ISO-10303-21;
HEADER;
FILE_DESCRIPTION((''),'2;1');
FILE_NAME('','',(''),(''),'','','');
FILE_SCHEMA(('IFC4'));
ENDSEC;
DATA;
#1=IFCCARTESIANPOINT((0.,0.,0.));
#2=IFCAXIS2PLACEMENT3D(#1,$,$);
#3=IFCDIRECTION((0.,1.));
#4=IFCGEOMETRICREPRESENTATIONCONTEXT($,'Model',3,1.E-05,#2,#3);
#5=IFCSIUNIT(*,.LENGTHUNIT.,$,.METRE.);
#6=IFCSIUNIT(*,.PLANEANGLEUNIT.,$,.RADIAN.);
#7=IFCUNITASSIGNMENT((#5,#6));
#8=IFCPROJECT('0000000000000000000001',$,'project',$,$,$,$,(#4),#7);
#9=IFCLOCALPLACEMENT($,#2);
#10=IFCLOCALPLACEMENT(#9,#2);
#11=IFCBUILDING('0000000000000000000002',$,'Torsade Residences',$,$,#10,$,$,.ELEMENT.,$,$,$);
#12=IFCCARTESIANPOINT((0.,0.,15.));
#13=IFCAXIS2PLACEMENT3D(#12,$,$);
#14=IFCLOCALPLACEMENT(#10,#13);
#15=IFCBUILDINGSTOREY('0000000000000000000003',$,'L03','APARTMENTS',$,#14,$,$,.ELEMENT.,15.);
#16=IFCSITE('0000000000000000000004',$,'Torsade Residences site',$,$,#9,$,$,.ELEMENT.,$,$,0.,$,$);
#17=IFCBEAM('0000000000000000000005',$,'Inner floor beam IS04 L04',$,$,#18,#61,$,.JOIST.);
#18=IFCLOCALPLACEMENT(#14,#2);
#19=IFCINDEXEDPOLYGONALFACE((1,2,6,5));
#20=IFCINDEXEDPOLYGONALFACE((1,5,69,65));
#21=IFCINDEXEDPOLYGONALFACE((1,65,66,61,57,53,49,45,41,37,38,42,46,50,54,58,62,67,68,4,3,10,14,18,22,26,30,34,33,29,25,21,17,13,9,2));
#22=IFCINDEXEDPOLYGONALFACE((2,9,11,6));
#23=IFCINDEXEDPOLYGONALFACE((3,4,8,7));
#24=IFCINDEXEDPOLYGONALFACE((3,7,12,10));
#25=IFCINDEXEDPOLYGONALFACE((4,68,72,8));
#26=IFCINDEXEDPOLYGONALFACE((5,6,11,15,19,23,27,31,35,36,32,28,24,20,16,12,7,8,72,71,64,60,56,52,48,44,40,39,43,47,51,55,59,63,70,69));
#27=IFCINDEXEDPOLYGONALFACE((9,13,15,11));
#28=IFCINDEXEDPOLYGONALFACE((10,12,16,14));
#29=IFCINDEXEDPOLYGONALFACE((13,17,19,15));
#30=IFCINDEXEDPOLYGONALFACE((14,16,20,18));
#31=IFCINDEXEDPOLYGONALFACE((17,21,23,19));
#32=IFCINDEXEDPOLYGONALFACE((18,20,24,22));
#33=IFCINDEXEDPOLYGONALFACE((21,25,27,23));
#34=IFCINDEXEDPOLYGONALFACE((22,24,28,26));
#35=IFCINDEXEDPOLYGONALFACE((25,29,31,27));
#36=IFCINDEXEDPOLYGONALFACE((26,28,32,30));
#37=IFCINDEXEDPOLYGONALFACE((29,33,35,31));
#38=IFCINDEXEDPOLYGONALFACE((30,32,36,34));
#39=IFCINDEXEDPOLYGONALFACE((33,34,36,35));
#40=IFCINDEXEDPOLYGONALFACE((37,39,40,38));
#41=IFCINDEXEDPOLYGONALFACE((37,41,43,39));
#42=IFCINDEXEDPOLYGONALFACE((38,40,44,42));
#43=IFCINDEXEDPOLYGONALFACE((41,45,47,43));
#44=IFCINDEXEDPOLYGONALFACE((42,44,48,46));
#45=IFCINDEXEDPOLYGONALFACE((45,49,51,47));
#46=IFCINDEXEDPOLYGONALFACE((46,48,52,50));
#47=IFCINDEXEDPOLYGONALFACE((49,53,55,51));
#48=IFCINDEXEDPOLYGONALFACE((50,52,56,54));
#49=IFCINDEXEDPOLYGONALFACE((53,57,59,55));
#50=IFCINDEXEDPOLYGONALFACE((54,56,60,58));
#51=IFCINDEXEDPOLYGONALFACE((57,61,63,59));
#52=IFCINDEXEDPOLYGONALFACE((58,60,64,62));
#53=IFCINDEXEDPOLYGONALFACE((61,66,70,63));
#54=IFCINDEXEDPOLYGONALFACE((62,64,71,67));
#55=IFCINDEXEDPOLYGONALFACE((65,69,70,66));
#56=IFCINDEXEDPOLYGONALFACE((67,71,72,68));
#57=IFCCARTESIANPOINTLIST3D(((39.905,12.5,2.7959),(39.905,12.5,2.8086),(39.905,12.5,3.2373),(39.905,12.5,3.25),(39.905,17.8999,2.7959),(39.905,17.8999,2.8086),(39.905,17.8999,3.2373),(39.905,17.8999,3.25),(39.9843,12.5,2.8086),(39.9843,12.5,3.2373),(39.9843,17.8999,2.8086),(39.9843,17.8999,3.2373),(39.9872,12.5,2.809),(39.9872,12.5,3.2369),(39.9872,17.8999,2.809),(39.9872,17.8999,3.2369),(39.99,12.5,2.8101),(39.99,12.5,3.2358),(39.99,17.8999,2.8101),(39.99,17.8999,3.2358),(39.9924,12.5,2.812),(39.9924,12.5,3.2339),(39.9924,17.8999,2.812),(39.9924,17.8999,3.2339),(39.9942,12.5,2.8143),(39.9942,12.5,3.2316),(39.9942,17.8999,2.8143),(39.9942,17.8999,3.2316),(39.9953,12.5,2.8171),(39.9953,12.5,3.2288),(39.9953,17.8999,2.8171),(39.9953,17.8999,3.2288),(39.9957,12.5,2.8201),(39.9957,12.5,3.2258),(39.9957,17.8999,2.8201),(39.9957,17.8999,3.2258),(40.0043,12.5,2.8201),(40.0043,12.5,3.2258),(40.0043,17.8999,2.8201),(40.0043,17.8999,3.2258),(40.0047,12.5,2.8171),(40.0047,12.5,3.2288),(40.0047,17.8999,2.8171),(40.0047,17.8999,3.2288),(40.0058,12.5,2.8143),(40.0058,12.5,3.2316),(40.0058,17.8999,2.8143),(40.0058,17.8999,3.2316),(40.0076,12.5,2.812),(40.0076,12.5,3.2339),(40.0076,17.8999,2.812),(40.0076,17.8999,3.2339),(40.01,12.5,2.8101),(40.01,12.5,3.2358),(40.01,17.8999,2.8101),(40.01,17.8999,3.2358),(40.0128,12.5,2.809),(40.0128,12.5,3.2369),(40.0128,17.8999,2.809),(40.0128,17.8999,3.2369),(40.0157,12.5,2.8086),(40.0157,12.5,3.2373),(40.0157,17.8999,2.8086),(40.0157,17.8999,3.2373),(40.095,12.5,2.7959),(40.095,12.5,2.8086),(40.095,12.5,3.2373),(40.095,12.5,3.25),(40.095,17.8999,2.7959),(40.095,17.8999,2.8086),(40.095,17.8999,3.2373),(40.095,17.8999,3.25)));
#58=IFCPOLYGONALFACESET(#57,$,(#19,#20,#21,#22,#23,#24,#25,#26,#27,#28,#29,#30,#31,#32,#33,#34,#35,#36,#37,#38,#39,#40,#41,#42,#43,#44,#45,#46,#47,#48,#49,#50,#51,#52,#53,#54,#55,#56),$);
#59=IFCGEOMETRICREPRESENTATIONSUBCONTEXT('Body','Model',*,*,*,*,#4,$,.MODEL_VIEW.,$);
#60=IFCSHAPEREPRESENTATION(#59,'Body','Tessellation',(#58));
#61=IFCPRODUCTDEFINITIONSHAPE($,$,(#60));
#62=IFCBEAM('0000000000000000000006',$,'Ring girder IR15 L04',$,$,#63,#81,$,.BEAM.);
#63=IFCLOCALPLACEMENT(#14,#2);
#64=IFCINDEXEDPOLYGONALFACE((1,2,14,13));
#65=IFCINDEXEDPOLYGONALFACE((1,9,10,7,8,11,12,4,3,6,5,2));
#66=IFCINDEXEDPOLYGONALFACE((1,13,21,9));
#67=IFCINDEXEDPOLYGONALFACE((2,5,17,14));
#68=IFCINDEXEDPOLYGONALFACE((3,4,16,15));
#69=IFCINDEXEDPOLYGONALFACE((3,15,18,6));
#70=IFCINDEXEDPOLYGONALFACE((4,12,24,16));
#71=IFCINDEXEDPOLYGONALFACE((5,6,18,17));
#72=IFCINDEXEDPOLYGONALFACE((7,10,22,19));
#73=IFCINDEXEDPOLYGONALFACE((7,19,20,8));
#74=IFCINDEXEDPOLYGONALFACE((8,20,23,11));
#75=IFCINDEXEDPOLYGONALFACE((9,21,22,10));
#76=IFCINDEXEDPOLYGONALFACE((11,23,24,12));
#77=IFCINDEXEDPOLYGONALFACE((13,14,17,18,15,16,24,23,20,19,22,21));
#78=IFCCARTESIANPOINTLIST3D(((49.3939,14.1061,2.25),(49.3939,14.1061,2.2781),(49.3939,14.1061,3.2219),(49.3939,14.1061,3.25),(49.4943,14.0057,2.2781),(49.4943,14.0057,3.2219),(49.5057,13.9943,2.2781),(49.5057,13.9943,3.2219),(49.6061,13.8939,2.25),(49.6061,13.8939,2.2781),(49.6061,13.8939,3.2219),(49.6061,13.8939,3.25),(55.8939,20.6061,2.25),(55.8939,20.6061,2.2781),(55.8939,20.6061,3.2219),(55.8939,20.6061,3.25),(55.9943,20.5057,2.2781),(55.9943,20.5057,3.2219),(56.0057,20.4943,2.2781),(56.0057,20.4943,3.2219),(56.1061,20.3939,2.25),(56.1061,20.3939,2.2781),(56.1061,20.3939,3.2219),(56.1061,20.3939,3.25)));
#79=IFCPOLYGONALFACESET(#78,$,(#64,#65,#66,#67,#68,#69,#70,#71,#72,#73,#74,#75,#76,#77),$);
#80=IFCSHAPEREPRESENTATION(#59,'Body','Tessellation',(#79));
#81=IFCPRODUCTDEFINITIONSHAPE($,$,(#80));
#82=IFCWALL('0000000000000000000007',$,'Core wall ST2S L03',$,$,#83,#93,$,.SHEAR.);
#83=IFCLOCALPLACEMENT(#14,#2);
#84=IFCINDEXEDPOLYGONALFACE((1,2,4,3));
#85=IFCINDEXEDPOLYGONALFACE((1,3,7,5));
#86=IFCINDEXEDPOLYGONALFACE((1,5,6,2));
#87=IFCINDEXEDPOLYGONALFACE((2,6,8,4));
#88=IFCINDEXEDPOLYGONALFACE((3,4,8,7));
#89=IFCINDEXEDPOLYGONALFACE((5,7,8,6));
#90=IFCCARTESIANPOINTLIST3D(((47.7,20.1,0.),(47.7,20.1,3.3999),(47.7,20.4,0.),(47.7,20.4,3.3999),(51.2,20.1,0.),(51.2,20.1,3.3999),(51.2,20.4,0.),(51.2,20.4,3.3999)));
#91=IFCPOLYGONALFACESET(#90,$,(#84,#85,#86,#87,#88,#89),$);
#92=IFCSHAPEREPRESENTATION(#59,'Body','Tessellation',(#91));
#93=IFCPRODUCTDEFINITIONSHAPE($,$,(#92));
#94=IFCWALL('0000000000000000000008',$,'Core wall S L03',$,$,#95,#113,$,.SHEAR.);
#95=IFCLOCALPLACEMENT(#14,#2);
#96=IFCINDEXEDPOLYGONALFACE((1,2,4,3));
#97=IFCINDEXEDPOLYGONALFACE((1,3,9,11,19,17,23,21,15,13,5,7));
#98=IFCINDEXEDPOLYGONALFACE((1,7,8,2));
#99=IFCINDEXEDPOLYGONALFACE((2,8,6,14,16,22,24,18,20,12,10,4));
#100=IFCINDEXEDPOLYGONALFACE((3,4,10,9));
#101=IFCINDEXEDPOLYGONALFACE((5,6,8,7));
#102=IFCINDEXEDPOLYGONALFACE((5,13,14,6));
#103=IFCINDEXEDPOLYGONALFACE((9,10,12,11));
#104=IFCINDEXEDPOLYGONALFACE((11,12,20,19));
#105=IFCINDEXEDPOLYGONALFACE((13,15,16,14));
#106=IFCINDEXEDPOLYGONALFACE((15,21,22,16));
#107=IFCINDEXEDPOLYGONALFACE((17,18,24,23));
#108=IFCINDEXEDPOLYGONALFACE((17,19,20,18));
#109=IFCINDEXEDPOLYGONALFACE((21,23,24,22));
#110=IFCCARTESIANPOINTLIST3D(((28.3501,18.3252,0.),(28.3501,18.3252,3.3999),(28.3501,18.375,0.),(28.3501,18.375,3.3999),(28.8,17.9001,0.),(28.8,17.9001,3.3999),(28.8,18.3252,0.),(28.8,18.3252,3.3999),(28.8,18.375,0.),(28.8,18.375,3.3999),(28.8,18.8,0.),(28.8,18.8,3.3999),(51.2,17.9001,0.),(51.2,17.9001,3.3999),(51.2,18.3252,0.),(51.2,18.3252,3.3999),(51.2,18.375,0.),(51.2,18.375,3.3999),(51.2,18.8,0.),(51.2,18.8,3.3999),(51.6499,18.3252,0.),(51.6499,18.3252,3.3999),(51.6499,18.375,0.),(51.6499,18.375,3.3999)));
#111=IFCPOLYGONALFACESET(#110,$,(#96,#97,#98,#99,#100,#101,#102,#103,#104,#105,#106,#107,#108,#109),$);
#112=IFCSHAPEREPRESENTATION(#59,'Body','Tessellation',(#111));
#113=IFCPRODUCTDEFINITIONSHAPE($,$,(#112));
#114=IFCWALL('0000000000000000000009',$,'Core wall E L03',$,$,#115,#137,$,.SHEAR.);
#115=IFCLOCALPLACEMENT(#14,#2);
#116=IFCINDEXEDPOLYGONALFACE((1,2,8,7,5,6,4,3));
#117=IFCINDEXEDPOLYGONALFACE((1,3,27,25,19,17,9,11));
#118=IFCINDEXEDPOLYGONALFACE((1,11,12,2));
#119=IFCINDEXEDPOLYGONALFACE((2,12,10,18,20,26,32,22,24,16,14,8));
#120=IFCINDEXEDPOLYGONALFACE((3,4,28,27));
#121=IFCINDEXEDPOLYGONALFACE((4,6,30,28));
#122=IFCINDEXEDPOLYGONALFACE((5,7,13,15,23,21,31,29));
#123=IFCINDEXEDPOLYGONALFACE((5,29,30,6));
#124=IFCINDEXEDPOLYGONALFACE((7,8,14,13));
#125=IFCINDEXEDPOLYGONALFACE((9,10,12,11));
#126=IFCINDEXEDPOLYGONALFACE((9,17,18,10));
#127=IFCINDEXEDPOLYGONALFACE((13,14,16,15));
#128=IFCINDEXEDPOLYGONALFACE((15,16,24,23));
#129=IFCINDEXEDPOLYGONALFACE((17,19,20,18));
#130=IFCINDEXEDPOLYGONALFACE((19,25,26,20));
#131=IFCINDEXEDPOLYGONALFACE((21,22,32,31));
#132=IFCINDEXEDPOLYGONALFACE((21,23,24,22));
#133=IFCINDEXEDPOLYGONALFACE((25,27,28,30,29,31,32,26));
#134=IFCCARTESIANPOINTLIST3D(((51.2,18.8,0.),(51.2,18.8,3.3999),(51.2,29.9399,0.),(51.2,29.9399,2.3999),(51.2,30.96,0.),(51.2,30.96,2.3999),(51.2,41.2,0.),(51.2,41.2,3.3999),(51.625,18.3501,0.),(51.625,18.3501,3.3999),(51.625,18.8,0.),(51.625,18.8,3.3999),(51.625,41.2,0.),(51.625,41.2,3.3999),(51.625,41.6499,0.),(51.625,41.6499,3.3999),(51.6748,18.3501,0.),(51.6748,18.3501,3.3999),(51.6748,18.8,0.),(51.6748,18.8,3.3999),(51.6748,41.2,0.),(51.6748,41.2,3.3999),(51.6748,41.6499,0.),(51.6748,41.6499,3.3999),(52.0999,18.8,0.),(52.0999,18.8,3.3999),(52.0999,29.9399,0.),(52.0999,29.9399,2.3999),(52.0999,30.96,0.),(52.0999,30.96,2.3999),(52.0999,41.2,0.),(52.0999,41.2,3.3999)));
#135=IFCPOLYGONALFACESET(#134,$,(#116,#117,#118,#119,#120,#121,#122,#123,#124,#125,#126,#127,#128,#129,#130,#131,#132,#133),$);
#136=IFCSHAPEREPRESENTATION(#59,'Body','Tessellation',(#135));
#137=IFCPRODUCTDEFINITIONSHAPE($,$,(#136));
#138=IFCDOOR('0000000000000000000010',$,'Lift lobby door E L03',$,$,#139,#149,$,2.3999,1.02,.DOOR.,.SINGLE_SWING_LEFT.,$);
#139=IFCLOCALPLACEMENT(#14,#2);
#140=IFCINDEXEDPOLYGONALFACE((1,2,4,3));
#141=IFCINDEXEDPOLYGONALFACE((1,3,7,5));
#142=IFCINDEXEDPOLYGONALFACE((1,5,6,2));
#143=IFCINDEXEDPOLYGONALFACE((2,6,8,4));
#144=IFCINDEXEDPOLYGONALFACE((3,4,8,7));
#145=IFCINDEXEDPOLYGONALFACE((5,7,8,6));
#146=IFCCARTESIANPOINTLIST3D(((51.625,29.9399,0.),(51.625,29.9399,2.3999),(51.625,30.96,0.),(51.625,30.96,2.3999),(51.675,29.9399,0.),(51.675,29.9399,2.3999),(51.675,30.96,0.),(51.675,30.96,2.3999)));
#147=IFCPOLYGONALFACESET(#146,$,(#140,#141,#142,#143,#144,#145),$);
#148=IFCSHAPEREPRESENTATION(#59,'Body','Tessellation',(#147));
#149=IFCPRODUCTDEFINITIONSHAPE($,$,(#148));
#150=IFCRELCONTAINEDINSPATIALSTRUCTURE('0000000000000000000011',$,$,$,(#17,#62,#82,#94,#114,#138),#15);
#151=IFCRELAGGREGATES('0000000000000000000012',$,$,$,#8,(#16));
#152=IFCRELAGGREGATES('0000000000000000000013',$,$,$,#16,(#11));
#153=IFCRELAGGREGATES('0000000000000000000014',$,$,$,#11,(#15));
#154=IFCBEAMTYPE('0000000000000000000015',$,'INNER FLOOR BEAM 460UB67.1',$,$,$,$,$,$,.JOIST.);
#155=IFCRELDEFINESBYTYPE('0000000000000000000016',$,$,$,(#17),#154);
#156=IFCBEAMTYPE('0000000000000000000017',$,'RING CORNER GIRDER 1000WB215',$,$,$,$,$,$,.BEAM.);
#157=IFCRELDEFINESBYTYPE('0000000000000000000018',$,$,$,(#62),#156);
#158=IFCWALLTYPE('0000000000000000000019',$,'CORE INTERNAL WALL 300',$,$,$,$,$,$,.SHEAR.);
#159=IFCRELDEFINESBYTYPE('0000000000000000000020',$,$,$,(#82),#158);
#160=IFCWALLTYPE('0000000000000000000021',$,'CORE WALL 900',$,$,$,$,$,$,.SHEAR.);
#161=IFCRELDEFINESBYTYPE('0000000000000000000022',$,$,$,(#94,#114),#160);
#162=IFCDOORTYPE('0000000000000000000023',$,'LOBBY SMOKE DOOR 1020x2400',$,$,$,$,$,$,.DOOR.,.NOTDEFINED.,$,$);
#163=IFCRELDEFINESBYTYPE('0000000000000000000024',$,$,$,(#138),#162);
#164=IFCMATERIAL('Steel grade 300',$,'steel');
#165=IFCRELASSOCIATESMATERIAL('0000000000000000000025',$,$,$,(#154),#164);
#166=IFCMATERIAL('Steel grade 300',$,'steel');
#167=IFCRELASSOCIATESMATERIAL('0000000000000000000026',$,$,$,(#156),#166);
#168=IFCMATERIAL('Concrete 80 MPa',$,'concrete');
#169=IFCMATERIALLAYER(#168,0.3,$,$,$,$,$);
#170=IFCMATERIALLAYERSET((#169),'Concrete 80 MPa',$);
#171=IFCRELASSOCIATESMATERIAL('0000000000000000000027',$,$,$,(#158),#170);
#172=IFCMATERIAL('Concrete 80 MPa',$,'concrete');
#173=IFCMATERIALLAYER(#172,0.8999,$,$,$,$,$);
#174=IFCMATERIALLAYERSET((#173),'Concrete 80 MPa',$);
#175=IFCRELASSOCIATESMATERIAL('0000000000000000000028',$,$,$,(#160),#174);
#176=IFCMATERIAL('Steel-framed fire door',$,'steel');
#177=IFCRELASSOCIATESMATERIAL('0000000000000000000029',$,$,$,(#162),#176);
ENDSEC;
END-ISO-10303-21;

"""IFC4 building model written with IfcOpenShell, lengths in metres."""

from ifc_helpers import new_model, si_unit, direction, frame, frame_2d, origin, origin_2d, place, context, subcontext, project, spatial, polyline, rectangle, i_section, outline, extrude, material, layer, layer_set, material_profile, profile_set, type_object, element, fill, save


model = new_model("IFC4")

# Units and contexts
model_context = context("Model", 3, precision=1e-05, world=origin(), true_north=direction((0.0, 1.0)))
body_context = subcontext(model_context, "Body", "Model", "MODEL_VIEW")
ifc_project = project(units=[si_unit("LENGTHUNIT", "METRE"), si_unit("PLANEANGLEUNIT", "RADIAN")], contexts=[model_context])

# Site, building, storey
site_placement = place(None, origin())
site = spatial("IfcSite", under=ifc_project, at=site_placement, Name="Torsade Residences site", CompositionType="ELEMENT", RefElevation=0.0)
building_placement = place(site_placement, origin())
building = spatial("IfcBuilding", under=site, at=building_placement, Name="Torsade Residences", CompositionType="ELEMENT")
storey_placement = place(building_placement, frame((0.0, 0.0, 15.0)))
storey = spatial("IfcBuildingStorey", under=building, at=storey_placement, Name="L03", Description="APARTMENTS", CompositionType="ELEMENT", Elevation=15.0)

# Beams
ifc_material_1 = material(Name="Steel grade 300", Category="steel")
ifc_material_profile_1 = material_profile(ifc_material_1, i_section(OverallWidth=0.1899, OverallDepth=0.4541, WebThickness=0.0085, FlangeThickness=0.0127, FilletRadius=0.0115, at=origin_2d()), Name="460UB67.1")
ifc_profile_set_1 = profile_set([ifc_material_profile_1], Name="Steel grade 300")
beam_type_1 = type_object("IfcBeamType", Name="INNER FLOOR BEAM 460UB67.1", PredefinedType="JOIST", material=ifc_profile_set_1)
for number, where, z_axis, x_axis, name in (
    (1, (40.0, 17.8999, 3.0229), (0.0, -1.0, 0.0), (1.0, 0.0, 0.0), "Inner floor beam IS04 L04"),
):
    element("IfcBeam", number, at=place(storey_placement, frame(where, z_axis=z_axis, x_axis=x_axis)), inside=storey, type_object=beam_type_1, Name=name, PredefinedType="JOIST", context=body_context, shape_type="SweptSolid", body=[
        extrude(i_section(OverallWidth=0.1899, OverallDepth=0.4541, WebThickness=0.0085, FlangeThickness=0.0127, FilletRadius=0.0115, at=origin_2d()), origin(), (0.0, 0.0, 1.0), 5.3999),
    ])
ifc_material_2 = material(Name="Steel grade 300", Category="steel")
ifc_material_profile_2 = material_profile(ifc_material_2, i_section(OverallWidth=0.3, OverallDepth=1.0, WebThickness=0.0161, FlangeThickness=0.0281, at=origin_2d()), Name="1000WB215")
ifc_profile_set_2 = profile_set([ifc_material_profile_2], Name="Steel grade 300")
beam_type_2 = type_object("IfcBeamType", Name="RING CORNER GIRDER 1000WB215", PredefinedType="BEAM", material=ifc_profile_set_2)
beam_1_placement = place(storey_placement, frame((49.5, 14.0, 2.75), z_axis=(0.707107, 0.707107, 0.0), x_axis=(-0.707107, 0.707107, 0.0)))
element("IfcBeam", 2, at=beam_1_placement, inside=storey, type_object=beam_type_2, Name="Ring girder IR15 L04", PredefinedType="BEAM", context=body_context, shape_type="SweptSolid", body=[
    extrude(i_section(OverallWidth=0.3, OverallDepth=1.0, WebThickness=0.0161, FlangeThickness=0.0281, at=origin_2d()), origin(), (0.0, 0.0, 1.0), 9.1924),
])

# Walls
ifc_material_3 = material(Name="Concrete 80 MPa", Category="concrete")
ifc_layer_1 = layer(ifc_material_3, 0.3)
ifc_layer_set_1 = layer_set([ifc_layer_1], Name="Concrete 80 MPa")
wall_type_1 = type_object("IfcWallType", Name="CORE INTERNAL WALL 300", PredefinedType="SHEAR", material=ifc_layer_set_1)
wall_1_placement = place(storey_placement, frame((51.2, 20.25, 0.0), z_axis=(0.0, 0.0, 1.0), x_axis=(-1.0, 0.0, 0.0)))
element("IfcWall", 3, at=wall_1_placement, inside=storey, type_object=wall_type_1, Name="Core wall ST2S L03", PredefinedType="SHEAR", context=body_context, shape_type="SweptSolid", body=[
    extrude(rectangle(XDim=3.5, YDim=0.3, at=frame_2d((1.75, 0.0))), origin(), (0.0, 0.0, 1.0), 3.3999),
])
ifc_material_4 = material(Name="Concrete 80 MPa", Category="concrete")
ifc_layer_2 = layer(ifc_material_4, 0.8999)
ifc_layer_set_2 = layer_set([ifc_layer_2], Name="Concrete 80 MPa")
wall_type_2 = type_object("IfcWallType", Name="CORE WALL 900", PredefinedType="SHEAR", material=ifc_layer_set_2)
wall_2_placement = place(storey_placement, frame((51.2, 18.3501, 0.0), z_axis=(0.0, 0.0, 1.0), x_axis=(-1.0, 0.0, 0.0)))
element("IfcWall", 4, at=wall_2_placement, inside=storey, type_object=wall_type_2, Name="Core wall S L03", PredefinedType="SHEAR", context=body_context, shape_type="SweptSolid", body=[
    extrude(outline(polyline([(0.0, -0.45), (22.3999, -0.45), (22.3999, -0.0249), (22.8499, -0.0249), (22.8499, 0.0249), (22.3999, 0.0249), (22.3999, 0.45), (0.0, 0.45), (0.0, 0.0249), (-0.45, 0.0249), (-0.45, -0.0249), (0.0, -0.0249), (0.0, -0.45)])), origin(), (0.0, 0.0, 1.0), 3.3999),
])

# Wall, opening, door
wall_3_placement = place(storey_placement, frame((51.6499, 18.8, 0.0), z_axis=(0.0, 0.0, 1.0), x_axis=(0.0, 1.0, 0.0)))
wall_3 = element("IfcWall", 5, at=wall_3_placement, inside=storey, type_object=wall_type_2, Name="Core wall E L03", PredefinedType="SHEAR", context=body_context, shape_type="SweptSolid", body=[
    extrude(outline(polyline([(0.0, -0.45), (22.3999, -0.45), (22.3999, -0.0249), (22.8499, -0.0249), (22.8499, 0.0249), (22.3999, 0.0249), (22.3999, 0.45), (0.0, 0.45), (0.0, 0.0249), (-0.45, 0.0249), (-0.45, -0.0249), (0.0, -0.0249), (0.0, -0.45)])), origin(), (0.0, 0.0, 1.0), 3.3999),
])
opening_1_placement = place(wall_3_placement, frame((11.1399, 0.0, 0.0)))
opening_1 = element("IfcOpeningElement", 6, at=opening_1_placement, cuts=wall_3, PredefinedType="OPENING", context=body_context, shape_type="SweptSolid", body=[
    extrude(rectangle(XDim=1.02, YDim=2.3999, at=frame_2d((0.51, 1.2))), frame((0.0, 0.46, 0.0), z_axis=(0.0, -1.0, 0.0), x_axis=(1.0, 0.0, 0.0)), (0.0, 0.0, 1.0), 0.9199),
])
ifc_material_5 = material(Name="Steel-framed fire door", Category="steel")
door_type_1 = type_object("IfcDoorType", Name="LOBBY SMOKE DOOR 1020x2400", OperationType="NOTDEFINED", PredefinedType="DOOR", material=ifc_material_5)
door_1_placement = place(opening_1_placement, origin())
door_1 = element("IfcDoor", 7, at=door_1_placement, inside=storey, type_object=door_type_1, Name="Lift lobby door E L03", OperationType="SINGLE_SWING_LEFT", OverallHeight=2.3999, OverallWidth=1.02, PredefinedType="DOOR", context=body_context, shape_type="SweptSolid", body=[
    extrude(rectangle(XDim=1.02, YDim=2.3999, at=frame_2d((0.51, 1.2))), frame((0.0, 0.0249, 0.0), z_axis=(0.0, -1.0, 0.0), x_axis=(1.0, 0.0, 0.0)), (0.0, 0.0, 1.0), 0.05),
])
fill(opening_1, door_1)

save(model, "model.ifc")
